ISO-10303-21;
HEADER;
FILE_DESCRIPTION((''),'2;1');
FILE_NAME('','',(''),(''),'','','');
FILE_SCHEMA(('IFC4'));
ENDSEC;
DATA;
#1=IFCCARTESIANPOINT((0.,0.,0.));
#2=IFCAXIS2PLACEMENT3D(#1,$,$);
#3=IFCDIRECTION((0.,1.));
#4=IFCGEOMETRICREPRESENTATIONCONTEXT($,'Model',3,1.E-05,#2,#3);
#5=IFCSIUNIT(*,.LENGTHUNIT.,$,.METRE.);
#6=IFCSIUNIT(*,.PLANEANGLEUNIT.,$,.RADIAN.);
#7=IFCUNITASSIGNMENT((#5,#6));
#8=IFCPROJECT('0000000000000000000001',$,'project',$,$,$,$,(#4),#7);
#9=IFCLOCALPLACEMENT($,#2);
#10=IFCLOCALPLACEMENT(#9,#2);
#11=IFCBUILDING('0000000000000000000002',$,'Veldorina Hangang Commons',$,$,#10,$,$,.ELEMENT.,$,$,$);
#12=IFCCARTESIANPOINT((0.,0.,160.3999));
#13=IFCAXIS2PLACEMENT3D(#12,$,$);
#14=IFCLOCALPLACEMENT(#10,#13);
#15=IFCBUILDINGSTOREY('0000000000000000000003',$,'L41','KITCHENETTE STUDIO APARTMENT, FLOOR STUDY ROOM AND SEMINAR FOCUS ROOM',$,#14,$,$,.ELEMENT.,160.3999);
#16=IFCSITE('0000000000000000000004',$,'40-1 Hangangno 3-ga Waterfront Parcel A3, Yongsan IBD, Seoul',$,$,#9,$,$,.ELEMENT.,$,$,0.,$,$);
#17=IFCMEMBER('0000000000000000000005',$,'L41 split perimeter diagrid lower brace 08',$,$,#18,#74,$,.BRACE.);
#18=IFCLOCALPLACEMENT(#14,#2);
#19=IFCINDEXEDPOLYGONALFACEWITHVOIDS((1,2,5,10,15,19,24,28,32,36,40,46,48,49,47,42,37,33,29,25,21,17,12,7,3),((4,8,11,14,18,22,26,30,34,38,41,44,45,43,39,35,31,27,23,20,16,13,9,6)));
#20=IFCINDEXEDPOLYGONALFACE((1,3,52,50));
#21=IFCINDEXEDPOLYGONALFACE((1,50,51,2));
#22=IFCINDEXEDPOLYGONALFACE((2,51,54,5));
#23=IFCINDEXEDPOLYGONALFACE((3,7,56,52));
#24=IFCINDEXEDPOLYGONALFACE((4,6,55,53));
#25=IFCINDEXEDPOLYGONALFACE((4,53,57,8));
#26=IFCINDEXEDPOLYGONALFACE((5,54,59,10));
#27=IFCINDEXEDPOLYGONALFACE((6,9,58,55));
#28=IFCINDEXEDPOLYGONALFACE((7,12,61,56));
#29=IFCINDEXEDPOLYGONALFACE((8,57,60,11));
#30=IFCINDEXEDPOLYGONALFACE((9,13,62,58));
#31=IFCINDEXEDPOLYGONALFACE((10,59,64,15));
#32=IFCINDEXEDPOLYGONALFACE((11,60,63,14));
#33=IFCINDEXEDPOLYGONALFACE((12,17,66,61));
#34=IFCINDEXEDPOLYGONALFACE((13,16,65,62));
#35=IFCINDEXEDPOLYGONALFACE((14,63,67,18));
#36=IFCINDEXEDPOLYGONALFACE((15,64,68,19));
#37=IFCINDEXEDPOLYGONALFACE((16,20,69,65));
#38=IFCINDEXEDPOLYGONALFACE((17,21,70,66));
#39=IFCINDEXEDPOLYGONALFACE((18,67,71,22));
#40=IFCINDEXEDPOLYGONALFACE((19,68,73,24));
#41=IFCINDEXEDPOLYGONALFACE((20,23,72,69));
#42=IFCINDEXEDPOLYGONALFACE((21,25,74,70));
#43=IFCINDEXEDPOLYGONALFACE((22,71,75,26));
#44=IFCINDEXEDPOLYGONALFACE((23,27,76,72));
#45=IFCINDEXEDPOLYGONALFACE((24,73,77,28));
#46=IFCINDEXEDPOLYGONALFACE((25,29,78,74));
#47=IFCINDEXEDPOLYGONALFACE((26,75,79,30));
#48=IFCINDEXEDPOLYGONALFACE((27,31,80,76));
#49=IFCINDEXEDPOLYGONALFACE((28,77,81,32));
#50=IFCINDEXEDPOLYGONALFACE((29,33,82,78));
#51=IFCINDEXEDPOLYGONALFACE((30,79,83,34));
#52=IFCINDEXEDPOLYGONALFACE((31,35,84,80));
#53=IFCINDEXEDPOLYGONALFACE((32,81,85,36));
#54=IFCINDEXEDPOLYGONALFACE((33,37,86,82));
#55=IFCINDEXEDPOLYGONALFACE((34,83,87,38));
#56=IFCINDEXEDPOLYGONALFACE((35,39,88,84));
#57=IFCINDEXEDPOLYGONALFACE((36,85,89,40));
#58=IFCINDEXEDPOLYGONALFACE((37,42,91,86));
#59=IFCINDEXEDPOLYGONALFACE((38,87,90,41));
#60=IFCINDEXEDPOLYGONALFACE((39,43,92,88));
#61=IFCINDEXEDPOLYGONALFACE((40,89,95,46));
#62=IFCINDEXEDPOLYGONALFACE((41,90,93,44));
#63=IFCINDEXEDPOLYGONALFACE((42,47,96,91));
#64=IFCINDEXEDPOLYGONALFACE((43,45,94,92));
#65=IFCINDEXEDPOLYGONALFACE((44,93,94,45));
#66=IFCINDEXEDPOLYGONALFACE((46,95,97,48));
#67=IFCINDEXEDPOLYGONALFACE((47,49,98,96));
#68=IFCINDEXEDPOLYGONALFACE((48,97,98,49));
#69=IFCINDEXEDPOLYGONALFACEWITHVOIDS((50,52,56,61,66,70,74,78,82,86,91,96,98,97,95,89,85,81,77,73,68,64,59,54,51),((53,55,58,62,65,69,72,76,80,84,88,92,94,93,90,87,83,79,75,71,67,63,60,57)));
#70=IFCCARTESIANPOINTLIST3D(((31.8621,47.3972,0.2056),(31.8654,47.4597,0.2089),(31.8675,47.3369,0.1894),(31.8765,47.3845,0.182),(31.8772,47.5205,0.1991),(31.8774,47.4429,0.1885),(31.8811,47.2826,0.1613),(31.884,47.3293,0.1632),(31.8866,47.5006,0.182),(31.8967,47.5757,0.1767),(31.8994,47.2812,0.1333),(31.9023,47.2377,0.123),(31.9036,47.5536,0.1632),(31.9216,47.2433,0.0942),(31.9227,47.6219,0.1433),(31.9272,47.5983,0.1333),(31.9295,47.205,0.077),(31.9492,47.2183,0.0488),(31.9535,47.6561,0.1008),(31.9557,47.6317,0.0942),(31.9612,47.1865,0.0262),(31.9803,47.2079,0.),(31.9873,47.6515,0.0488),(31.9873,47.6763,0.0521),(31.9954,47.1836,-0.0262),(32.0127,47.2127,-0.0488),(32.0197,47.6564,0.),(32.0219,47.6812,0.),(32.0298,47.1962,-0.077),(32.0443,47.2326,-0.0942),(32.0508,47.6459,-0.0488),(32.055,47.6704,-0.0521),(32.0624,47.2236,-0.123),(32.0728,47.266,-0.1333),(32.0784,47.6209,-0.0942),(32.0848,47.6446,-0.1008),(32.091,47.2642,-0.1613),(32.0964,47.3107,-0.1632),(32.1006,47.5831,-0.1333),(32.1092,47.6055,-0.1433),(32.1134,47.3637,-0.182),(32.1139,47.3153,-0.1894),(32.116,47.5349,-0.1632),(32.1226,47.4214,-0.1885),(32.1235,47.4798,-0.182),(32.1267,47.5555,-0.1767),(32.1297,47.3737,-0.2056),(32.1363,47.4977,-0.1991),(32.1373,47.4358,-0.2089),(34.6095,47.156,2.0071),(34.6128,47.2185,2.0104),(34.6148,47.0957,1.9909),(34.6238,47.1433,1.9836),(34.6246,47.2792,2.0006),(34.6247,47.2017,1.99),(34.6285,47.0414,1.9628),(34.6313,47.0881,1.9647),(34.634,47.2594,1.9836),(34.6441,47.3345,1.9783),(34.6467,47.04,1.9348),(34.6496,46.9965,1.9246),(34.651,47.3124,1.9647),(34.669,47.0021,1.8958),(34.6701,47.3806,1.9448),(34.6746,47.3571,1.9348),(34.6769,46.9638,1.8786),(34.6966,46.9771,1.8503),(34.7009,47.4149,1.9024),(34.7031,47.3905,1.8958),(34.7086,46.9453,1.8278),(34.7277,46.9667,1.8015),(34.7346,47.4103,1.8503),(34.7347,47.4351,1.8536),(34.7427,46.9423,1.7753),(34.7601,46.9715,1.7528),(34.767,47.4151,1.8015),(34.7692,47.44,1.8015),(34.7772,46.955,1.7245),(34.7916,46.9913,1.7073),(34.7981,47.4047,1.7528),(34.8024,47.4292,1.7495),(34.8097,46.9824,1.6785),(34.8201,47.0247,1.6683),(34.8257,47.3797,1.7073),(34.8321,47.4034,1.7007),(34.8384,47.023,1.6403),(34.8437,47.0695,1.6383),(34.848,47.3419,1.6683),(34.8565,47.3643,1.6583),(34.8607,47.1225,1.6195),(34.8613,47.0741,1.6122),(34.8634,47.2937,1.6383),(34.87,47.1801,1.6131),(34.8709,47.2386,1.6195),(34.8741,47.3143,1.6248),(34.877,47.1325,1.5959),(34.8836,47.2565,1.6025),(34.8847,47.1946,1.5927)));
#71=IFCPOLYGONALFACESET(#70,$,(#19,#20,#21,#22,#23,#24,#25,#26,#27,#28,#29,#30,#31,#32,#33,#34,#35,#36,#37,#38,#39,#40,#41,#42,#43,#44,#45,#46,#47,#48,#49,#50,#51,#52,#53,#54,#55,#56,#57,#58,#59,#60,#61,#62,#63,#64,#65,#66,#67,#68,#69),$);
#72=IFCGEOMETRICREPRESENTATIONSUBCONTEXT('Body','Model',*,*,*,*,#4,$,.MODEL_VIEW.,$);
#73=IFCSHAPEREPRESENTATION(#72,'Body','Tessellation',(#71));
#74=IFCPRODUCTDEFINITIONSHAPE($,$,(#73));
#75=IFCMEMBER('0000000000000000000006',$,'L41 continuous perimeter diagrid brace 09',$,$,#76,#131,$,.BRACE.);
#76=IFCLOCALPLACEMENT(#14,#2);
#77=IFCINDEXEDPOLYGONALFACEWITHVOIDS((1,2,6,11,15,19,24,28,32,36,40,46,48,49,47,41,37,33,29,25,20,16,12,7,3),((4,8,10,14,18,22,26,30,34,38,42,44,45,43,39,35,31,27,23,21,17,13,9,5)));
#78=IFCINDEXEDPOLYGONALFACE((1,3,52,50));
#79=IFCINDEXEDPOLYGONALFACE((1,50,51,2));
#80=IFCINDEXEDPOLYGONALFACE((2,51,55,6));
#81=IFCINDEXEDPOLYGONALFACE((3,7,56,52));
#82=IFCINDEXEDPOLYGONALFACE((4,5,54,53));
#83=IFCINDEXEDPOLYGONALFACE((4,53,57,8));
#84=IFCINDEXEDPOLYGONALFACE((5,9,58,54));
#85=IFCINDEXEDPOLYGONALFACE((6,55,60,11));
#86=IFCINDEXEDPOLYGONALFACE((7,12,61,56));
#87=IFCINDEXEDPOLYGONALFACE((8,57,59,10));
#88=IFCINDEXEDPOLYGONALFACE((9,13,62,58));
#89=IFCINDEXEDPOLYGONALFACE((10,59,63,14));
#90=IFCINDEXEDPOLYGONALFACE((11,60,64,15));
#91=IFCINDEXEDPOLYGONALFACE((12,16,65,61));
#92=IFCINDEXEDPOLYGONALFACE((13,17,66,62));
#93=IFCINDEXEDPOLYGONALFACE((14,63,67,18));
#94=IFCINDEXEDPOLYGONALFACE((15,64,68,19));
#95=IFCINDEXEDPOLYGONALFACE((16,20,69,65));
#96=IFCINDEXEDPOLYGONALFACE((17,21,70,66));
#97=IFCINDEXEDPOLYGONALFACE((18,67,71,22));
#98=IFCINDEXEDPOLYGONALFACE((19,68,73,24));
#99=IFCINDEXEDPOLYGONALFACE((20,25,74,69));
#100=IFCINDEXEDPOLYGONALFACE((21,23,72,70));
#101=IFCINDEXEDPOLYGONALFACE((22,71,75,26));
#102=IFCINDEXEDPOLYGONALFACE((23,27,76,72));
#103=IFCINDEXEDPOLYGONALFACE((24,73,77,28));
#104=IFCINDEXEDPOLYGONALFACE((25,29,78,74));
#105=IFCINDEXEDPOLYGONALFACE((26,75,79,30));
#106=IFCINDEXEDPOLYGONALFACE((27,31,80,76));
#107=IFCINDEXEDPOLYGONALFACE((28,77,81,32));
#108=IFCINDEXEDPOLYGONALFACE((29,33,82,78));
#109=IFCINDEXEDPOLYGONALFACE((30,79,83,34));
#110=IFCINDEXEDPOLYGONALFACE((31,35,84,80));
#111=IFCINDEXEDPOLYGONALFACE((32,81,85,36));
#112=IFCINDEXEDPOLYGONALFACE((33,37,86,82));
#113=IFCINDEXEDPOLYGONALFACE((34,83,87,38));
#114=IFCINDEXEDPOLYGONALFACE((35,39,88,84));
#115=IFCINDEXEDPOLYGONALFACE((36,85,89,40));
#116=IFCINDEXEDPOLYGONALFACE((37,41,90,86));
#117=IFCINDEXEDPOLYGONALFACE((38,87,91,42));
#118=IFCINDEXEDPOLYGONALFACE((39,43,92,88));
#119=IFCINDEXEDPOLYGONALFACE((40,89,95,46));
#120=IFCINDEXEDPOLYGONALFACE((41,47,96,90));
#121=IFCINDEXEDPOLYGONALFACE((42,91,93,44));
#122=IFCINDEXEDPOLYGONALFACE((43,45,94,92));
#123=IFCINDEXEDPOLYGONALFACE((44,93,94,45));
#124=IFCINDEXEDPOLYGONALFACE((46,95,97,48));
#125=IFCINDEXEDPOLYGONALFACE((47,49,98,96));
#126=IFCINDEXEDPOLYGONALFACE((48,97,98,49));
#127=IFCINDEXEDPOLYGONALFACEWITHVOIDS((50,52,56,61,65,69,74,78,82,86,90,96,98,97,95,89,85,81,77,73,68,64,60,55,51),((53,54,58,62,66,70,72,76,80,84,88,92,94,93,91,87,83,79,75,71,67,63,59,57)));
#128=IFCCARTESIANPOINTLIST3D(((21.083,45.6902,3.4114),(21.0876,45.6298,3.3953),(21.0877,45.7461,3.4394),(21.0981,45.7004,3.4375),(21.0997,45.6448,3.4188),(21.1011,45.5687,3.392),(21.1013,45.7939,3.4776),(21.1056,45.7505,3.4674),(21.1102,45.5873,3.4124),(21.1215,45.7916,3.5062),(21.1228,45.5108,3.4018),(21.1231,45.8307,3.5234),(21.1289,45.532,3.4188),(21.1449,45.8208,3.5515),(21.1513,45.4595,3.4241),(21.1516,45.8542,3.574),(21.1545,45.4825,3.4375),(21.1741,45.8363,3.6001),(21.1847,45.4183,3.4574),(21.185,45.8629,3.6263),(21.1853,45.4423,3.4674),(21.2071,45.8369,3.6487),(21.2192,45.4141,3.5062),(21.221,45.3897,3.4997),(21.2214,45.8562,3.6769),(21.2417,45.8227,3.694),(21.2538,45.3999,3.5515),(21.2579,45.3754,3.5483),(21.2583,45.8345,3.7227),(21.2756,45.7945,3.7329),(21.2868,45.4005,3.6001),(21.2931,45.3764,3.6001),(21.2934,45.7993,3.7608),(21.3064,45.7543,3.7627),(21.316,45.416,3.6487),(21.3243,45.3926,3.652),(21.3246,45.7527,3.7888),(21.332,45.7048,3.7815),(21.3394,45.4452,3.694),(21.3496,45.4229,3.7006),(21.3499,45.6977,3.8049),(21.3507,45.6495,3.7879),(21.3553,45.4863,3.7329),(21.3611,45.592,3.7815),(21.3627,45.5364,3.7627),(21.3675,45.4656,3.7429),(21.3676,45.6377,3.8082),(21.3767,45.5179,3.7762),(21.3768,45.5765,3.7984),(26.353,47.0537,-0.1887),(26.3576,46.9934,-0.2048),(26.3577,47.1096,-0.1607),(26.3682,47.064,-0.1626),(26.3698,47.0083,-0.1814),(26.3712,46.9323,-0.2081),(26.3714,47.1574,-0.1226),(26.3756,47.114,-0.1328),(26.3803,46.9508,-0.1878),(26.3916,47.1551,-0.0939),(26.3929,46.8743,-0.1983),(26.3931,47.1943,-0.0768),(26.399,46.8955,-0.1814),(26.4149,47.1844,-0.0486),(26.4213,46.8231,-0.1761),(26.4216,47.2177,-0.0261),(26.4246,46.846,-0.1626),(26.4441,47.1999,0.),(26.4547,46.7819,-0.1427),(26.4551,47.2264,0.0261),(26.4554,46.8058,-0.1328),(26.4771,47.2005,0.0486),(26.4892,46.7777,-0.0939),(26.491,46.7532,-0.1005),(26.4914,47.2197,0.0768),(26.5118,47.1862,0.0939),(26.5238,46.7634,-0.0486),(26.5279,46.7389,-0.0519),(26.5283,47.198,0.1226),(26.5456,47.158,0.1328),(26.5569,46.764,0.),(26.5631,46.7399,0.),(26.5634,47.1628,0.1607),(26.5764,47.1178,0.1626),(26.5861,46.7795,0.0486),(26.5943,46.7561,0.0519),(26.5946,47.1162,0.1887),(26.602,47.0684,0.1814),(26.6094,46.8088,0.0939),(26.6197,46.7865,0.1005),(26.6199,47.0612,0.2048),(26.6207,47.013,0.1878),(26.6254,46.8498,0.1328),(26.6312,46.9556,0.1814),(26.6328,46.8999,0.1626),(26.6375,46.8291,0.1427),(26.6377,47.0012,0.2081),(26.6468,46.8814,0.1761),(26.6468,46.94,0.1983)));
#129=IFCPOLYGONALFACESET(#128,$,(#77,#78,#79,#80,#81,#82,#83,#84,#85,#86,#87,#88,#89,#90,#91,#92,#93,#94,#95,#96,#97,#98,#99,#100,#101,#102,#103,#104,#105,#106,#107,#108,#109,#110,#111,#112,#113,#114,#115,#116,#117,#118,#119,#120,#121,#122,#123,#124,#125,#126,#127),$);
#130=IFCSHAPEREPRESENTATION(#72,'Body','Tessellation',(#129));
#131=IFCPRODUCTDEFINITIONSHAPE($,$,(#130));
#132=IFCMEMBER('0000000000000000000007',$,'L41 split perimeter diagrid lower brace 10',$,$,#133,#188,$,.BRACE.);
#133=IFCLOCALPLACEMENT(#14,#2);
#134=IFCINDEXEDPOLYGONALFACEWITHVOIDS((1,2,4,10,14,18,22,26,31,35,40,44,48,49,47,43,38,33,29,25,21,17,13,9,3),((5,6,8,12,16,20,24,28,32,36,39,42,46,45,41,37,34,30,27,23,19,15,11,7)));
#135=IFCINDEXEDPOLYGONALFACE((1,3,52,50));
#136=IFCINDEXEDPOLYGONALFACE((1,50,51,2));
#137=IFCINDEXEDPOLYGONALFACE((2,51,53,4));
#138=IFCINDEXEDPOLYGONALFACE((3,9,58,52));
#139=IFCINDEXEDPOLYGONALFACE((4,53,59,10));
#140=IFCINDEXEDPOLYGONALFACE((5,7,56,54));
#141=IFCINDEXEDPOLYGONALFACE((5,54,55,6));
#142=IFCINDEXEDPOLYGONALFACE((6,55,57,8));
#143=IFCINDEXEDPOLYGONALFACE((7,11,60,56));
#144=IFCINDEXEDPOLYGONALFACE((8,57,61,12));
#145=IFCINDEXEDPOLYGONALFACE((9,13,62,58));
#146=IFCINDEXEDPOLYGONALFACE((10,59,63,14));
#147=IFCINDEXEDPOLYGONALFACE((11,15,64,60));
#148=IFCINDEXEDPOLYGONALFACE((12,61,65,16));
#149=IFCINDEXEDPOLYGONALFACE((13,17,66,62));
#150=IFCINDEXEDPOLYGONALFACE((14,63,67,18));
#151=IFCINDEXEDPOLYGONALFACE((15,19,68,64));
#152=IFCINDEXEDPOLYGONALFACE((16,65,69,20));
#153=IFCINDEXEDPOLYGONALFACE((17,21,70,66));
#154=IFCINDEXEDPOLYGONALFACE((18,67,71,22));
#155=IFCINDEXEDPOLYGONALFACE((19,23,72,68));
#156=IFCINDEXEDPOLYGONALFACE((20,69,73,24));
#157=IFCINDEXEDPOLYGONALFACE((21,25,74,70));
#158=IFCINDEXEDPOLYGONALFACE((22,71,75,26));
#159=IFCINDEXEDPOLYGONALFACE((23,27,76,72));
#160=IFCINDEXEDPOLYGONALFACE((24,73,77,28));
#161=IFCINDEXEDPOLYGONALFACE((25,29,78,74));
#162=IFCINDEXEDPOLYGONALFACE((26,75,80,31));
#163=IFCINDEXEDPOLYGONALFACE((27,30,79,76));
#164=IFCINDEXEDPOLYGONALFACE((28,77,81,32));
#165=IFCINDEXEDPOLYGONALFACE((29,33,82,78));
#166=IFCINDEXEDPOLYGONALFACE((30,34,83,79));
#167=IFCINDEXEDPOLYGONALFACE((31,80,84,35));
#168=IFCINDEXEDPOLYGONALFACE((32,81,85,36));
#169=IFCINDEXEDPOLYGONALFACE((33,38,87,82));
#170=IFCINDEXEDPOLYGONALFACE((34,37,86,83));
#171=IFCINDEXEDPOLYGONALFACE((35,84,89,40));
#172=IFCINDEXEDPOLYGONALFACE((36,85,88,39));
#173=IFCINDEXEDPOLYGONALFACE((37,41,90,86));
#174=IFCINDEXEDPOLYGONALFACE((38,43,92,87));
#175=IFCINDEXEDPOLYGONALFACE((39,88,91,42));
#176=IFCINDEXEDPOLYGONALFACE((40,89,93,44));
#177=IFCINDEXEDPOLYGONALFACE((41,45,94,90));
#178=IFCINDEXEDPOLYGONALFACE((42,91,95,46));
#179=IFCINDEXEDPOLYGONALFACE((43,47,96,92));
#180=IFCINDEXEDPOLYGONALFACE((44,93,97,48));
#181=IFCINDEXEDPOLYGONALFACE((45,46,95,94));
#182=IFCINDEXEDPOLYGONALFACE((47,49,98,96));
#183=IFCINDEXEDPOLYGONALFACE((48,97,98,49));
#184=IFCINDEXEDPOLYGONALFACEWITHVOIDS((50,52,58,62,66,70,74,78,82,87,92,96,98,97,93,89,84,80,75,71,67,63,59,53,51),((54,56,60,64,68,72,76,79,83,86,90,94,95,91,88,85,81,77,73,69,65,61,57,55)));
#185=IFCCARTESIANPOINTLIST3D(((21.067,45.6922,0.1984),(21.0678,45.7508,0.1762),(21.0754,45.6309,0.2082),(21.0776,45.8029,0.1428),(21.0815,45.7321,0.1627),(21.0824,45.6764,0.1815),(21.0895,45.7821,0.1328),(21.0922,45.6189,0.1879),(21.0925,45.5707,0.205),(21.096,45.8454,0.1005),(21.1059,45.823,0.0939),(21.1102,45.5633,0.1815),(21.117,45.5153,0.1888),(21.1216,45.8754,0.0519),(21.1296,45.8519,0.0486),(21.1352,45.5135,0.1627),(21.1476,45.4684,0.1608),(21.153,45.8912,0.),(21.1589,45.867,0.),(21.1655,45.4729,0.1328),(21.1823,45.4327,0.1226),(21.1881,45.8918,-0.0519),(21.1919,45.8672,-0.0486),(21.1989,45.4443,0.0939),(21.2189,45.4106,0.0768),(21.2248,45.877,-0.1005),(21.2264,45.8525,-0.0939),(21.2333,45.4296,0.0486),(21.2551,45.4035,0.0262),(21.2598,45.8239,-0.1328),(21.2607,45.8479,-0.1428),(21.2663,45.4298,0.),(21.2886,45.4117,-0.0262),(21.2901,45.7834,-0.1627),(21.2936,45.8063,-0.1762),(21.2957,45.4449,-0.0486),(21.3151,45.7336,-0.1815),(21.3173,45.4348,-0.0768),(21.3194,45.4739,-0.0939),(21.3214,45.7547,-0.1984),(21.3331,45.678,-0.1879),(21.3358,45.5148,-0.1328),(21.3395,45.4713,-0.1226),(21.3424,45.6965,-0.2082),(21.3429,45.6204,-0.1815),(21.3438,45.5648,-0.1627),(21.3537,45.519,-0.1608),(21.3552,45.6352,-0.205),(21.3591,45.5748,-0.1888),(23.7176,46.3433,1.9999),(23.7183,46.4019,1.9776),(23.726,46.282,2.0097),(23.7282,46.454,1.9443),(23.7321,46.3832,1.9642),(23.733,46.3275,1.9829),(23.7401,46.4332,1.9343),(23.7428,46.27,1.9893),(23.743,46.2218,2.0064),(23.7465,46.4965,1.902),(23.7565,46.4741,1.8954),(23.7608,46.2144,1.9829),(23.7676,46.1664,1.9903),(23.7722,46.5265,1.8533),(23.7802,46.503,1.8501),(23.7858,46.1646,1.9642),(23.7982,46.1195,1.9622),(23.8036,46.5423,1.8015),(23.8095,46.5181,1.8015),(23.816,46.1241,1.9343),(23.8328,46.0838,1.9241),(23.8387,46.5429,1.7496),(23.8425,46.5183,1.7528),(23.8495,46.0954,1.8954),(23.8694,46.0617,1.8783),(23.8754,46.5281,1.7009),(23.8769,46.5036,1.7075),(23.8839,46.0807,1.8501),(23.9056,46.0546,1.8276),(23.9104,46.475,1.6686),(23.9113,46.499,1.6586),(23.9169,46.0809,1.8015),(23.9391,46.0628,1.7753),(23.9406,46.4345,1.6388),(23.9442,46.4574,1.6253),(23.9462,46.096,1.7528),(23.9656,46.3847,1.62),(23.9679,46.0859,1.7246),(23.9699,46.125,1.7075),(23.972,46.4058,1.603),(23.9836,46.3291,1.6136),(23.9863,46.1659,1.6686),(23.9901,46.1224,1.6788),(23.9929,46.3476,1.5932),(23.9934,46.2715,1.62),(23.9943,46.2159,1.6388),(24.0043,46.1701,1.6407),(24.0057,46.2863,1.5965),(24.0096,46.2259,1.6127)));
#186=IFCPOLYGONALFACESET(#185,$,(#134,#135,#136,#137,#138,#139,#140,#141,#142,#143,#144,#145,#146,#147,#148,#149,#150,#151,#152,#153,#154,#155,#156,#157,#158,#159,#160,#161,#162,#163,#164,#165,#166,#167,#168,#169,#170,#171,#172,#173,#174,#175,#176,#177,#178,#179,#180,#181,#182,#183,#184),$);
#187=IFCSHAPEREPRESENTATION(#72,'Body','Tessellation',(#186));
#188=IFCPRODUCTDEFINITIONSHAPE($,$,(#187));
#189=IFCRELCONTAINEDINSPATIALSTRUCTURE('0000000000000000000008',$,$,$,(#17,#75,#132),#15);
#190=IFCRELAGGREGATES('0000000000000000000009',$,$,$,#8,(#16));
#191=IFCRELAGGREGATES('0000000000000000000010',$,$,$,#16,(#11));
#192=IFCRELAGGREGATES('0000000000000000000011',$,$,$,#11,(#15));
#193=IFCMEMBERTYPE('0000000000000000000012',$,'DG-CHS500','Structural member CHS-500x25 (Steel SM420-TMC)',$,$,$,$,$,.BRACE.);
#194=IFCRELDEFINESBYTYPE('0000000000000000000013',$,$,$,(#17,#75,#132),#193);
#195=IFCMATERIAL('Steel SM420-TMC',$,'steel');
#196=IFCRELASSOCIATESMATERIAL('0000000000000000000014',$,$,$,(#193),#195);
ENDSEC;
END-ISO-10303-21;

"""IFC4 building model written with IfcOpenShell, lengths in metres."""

from ifc_helpers import new_model, si_unit, direction, frame, origin, origin_2d, place, context, subcontext, project, spatial, hollow_circle, extrude, material, material_profile, profile_set, type_object, element, save


model = new_model("IFC4")

# Units and contexts
model_context = context("Model", 3, precision=1e-05, world=origin(), true_north=direction((0.0, 1.0)))
body_context = subcontext(model_context, "Body", "Model", "MODEL_VIEW")
ifc_project = project(units=[si_unit("LENGTHUNIT", "METRE"), si_unit("PLANEANGLEUNIT", "RADIAN")], contexts=[model_context])

# Site, building, storey
site_placement = place(None, origin())
site = spatial("IfcSite", under=ifc_project, at=site_placement, Name="40-1 Hangangno 3-ga Waterfront Parcel A3, Yongsan IBD, Seoul", CompositionType="ELEMENT", RefElevation=0.0)
building_placement = place(site_placement, origin())
building = spatial("IfcBuilding", under=site, at=building_placement, Name="Veldorina Hangang Commons", CompositionType="ELEMENT")
storey_placement = place(building_placement, frame((0.0, 0.0, 160.3999)))
storey = spatial("IfcBuildingStorey", under=building, at=storey_placement, Name="L41", Description="KITCHENETTE STUDIO APARTMENT, FLOOR STUDY ROOM AND SEMINAR FOCUS ROOM", CompositionType="ELEMENT", Elevation=160.3999)

# Shared definitions
ifc_material_1 = material(Name="Steel SM420-TMC", Category="steel")

# Members
ifc_material_profile_1 = material_profile(ifc_material_1, hollow_circle(Radius=0.25, WallThickness=0.0249, at=origin_2d()), Name="CHS-500x25")
ifc_profile_set_1 = profile_set([ifc_material_profile_1], Name="Steel SM420-TMC")
member_type = type_object("IfcMemberType", Name="DG-CHS500", Description="Structural member CHS-500x25 (Steel SM420-TMC)", PredefinedType="BRACE", material=ifc_profile_set_1)
member_1_placement = place(storey_placement, frame((32.0, 47.4321, 0.0), z_axis=(0.834, -0.073224, 0.546884), x_axis=(0.087462, 0.996168, 0.0)))
element("IfcMember", 1, at=member_1_placement, inside=storey, type_object=member_type, Name="L41 split perimeter diagrid lower brace 08", PredefinedType="BRACE", context=body_context, shape_type="SweptSolid", body=[
    extrude(hollow_circle(Radius=0.25, WallThickness=0.0249, at=origin_2d()), origin(), (0.0, 0.0, 1.0), 3.2942),
])
member_2_placement = place(storey_placement, frame((26.5005, 46.9819, 0.0), z_axis=(-0.807501, -0.208927, 0.551626), x_axis=(0.250484, -0.968121, 0.0)))
element("IfcMember", 2, at=member_2_placement, inside=storey, type_object=member_type, Name="L41 continuous perimeter diagrid brace 09", PredefinedType="BRACE", context=body_context, shape_type="SweptSolid", body=[
    extrude(hollow_circle(Radius=0.25, WallThickness=0.0249, at=origin_2d()), origin(), (0.0, 0.0, 1.0), 6.5264),
])
member_3_placement = place(storey_placement, frame((21.2126, 45.6484, 0.0), z_axis=(0.810502, 0.199098, 0.55086), x_axis=(-0.238556, 0.971129, 0.0)))
element("IfcMember", 3, at=member_3_placement, inside=storey, type_object=member_type, Name="L41 split perimeter diagrid lower brace 10", PredefinedType="BRACE", context=body_context, shape_type="SweptSolid", body=[
    extrude(hollow_circle(Radius=0.25, WallThickness=0.0249, at=origin_2d()), origin(), (0.0, 0.0, 1.0), 3.2703),
])

save(model, "model.ifc")
